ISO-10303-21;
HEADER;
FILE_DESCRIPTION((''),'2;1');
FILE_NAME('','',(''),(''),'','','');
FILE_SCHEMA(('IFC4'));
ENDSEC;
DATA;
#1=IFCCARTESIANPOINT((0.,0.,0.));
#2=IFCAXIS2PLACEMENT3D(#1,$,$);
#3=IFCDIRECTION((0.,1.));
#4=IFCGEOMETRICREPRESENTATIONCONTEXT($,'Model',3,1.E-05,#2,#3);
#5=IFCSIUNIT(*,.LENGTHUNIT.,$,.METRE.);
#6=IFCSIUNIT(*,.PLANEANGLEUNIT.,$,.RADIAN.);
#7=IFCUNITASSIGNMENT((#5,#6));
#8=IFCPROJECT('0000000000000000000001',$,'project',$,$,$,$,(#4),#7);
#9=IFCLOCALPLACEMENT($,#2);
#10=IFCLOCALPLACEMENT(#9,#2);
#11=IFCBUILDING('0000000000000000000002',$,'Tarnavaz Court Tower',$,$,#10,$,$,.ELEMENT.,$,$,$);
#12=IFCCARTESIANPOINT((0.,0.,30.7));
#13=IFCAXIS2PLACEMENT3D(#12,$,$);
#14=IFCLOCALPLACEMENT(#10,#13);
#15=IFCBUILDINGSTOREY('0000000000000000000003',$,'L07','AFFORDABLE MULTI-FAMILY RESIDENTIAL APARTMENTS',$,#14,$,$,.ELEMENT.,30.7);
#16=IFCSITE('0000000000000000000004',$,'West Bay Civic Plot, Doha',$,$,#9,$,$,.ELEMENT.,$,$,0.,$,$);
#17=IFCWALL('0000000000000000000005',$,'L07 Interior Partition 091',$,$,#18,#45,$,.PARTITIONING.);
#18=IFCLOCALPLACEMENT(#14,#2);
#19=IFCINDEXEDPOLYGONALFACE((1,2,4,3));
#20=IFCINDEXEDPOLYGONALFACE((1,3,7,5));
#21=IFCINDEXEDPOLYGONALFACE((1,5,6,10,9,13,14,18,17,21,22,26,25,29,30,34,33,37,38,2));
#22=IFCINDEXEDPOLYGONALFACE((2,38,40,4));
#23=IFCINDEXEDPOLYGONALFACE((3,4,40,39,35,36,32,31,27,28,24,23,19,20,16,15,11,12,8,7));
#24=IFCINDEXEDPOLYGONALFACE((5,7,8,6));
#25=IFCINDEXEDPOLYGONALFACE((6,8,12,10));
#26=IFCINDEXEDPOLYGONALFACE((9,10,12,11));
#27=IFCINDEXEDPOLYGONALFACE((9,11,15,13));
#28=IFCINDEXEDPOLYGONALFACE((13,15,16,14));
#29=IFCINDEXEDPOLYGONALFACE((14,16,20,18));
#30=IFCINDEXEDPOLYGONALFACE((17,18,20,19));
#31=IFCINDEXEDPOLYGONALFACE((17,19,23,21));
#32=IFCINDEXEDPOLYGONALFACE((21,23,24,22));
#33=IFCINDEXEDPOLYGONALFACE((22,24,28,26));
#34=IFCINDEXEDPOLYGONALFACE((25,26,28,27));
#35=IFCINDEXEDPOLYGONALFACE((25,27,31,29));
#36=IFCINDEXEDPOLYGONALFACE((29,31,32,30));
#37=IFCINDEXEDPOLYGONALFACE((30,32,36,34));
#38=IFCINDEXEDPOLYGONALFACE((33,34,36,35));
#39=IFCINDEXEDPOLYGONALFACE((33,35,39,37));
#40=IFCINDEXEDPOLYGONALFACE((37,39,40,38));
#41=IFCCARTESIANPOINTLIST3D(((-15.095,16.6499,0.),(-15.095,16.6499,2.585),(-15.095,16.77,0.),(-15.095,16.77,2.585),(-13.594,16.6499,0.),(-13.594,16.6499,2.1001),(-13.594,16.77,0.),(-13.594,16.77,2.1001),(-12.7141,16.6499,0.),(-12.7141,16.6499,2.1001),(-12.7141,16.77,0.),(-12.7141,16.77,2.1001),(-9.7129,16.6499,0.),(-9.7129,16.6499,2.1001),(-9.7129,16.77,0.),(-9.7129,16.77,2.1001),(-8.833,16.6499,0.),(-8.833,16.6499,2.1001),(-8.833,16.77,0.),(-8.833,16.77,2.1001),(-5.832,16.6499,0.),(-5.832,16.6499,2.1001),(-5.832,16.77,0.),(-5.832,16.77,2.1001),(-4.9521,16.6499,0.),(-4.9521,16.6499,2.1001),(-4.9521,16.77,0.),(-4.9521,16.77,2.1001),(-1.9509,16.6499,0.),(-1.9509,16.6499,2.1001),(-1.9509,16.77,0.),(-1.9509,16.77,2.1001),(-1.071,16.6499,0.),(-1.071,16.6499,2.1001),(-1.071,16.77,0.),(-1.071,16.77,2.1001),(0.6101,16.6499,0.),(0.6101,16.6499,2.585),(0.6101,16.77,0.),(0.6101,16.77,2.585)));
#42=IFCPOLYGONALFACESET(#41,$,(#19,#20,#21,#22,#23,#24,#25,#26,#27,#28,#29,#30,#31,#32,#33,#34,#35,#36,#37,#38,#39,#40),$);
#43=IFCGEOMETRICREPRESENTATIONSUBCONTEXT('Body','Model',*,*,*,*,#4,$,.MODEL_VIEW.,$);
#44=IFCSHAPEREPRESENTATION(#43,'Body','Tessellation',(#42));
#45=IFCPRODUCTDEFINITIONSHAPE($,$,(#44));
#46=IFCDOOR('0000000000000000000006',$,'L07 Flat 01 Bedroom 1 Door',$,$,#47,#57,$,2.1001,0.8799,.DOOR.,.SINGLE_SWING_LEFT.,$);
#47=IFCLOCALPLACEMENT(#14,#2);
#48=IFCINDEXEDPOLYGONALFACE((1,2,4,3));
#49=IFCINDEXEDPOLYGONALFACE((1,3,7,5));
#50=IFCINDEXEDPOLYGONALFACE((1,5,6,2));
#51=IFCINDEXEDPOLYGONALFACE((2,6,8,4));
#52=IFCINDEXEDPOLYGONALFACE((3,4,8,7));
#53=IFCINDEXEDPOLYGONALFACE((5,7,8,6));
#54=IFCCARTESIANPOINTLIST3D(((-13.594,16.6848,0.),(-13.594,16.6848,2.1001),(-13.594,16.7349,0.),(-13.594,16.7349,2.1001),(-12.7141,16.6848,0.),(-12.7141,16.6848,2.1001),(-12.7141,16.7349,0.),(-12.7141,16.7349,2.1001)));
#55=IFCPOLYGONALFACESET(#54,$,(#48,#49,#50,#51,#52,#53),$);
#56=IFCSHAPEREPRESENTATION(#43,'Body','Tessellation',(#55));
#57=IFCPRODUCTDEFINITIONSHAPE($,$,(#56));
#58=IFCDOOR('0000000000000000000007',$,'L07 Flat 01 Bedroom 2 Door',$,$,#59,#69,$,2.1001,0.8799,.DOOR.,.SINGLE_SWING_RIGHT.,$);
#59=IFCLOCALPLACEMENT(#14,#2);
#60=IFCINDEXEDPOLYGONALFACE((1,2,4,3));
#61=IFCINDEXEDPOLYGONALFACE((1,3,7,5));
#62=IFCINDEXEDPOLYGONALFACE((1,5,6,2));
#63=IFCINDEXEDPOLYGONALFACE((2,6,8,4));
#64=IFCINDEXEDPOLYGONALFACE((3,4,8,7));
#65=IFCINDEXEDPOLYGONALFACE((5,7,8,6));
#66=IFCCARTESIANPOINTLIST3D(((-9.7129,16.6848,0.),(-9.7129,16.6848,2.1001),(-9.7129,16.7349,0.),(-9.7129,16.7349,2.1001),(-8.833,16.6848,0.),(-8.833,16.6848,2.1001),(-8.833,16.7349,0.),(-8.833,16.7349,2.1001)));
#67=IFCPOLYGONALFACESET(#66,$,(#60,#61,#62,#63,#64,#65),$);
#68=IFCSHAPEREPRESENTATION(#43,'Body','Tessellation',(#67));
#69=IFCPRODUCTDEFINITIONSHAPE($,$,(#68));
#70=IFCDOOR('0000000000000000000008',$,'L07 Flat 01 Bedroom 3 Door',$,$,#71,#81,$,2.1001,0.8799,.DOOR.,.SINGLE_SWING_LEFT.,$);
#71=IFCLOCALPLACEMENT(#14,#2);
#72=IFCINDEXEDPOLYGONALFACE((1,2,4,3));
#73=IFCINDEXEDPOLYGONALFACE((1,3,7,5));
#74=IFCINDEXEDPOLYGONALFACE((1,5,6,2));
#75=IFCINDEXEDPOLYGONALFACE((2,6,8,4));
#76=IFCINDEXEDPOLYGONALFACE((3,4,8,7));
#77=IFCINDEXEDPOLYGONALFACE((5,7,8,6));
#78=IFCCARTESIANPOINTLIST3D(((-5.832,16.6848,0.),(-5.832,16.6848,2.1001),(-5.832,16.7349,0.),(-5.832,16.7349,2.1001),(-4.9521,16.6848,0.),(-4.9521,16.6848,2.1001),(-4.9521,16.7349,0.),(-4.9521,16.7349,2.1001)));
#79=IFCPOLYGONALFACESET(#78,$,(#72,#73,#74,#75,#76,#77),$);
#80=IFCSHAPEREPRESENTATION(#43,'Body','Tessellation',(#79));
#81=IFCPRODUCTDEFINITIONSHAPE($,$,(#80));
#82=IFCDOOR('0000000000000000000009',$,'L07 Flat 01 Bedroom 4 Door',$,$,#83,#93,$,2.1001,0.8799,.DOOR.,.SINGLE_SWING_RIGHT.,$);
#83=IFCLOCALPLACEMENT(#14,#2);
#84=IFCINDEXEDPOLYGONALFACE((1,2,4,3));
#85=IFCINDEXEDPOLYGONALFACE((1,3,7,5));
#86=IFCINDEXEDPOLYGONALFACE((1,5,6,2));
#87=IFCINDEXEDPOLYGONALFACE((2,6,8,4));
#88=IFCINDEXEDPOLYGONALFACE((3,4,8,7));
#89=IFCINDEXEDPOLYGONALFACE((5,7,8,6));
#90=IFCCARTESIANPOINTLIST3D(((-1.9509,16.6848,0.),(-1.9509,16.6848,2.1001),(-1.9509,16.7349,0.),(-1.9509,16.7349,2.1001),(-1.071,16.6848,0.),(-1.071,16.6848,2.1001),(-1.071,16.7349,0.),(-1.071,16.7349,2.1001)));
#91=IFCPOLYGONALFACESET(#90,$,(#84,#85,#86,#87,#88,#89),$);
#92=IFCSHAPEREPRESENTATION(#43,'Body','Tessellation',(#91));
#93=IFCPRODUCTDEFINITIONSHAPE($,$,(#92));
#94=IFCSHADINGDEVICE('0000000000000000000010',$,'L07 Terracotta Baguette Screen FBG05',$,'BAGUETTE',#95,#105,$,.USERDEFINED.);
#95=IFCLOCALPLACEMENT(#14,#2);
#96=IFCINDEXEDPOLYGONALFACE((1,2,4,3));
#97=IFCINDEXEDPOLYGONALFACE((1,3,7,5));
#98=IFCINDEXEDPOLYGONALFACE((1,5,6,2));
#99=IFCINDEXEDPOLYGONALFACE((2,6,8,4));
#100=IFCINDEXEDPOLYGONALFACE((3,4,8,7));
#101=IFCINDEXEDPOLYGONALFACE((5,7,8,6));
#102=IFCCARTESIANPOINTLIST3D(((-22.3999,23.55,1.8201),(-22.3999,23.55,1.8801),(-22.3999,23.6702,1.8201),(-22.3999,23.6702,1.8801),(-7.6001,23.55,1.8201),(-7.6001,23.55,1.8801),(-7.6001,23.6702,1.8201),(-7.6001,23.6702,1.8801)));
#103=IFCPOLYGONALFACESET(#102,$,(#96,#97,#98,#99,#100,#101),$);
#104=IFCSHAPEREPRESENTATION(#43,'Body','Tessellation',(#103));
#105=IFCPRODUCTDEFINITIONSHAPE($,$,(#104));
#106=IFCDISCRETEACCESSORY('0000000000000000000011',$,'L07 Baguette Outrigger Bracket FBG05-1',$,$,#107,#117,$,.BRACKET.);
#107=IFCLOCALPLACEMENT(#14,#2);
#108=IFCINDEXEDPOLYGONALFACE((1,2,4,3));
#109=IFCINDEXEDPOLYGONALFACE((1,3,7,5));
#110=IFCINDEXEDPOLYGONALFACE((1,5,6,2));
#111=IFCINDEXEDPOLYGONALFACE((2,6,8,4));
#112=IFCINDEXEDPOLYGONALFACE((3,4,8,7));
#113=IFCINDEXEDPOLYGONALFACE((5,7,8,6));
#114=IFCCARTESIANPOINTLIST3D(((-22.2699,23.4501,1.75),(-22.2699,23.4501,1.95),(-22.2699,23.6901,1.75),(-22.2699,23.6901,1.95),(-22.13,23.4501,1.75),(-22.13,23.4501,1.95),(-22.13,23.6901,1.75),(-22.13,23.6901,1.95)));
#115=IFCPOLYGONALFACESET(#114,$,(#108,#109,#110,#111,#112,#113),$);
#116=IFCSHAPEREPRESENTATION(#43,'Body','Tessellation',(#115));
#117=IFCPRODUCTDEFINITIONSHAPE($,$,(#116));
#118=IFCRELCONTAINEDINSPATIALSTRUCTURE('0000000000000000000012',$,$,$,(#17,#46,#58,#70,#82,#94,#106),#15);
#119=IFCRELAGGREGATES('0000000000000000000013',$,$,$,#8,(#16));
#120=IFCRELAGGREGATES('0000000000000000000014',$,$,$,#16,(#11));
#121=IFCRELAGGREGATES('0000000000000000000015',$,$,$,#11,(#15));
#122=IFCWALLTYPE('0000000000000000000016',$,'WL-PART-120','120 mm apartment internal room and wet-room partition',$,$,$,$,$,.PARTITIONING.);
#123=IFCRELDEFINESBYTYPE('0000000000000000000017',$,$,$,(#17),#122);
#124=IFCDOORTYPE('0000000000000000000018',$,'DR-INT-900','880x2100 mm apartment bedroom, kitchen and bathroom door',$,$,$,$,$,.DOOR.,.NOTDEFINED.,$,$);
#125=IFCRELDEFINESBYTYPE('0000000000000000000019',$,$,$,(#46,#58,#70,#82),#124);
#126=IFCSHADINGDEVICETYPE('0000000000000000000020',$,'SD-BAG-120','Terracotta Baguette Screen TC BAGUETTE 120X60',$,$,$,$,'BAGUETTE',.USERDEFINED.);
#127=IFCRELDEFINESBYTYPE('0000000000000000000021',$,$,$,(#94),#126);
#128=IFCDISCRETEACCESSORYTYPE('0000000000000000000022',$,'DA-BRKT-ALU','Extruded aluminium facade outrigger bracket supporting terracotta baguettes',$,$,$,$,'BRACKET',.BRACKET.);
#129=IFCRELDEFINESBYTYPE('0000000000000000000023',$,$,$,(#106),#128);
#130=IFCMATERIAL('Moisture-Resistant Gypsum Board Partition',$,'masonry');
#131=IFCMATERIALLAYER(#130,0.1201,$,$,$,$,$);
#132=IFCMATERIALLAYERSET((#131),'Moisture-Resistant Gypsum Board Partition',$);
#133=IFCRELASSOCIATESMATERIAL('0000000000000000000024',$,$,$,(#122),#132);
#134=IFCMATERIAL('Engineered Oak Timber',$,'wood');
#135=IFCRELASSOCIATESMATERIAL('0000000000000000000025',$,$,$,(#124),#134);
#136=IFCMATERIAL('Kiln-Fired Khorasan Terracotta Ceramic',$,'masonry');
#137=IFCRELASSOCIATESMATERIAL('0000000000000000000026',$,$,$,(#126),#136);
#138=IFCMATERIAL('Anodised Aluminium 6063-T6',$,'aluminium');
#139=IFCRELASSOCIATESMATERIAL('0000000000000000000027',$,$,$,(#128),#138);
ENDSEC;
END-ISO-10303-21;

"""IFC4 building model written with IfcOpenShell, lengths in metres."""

from ifc_helpers import new_model, si_unit, direction, frame, frame_2d, origin, origin_2d, place, context, subcontext, project, spatial, rectangle, extrude, material, layer, layer_set, material_profile, profile_set, type_object, element, fill, save


model = new_model("IFC4")

# Units and contexts
model_context = context("Model", 3, precision=1e-05, world=origin(), true_north=direction((0.0, 1.0)))
body_context = subcontext(model_context, "Body", "Model", "MODEL_VIEW")
ifc_project = project(units=[si_unit("LENGTHUNIT", "METRE"), si_unit("PLANEANGLEUNIT", "RADIAN")], contexts=[model_context])

# Site, building, storey
site_placement = place(None, origin())
site = spatial("IfcSite", under=ifc_project, at=site_placement, Name="West Bay Civic Plot, Doha", CompositionType="ELEMENT", RefElevation=0.0)
building_placement = place(site_placement, origin())
building = spatial("IfcBuilding", under=site, at=building_placement, Name="Tarnavaz Court Tower", CompositionType="ELEMENT")
storey_placement = place(building_placement, frame((0.0, 0.0, 30.7)))
storey = spatial("IfcBuildingStorey", under=building, at=storey_placement, Name="L07", Description="AFFORDABLE MULTI-FAMILY RESIDENTIAL APARTMENTS", CompositionType="ELEMENT", Elevation=30.7)

# Shared definitions
ifc_material_1 = material(Name="Moisture-Resistant Gypsum Board Partition", Category="masonry")
ifc_layer = layer(ifc_material_1, 0.1201)
ifc_layer_set = layer_set([ifc_layer], Name="Moisture-Resistant Gypsum Board Partition")
wall_type = type_object("IfcWallType", Name="WL-PART-120", Description="120 mm apartment internal room and wet-room partition", PredefinedType="PARTITIONING", material=ifc_layer_set)
ifc_material_2 = material(Name="Engineered Oak Timber", Category="wood")
door_type = type_object("IfcDoorType", Name="DR-INT-900", Description="880x2100 mm apartment bedroom, kitchen and bathroom door", OperationType="NOTDEFINED", PredefinedType="DOOR", material=ifc_material_2)

# Wall, openings, doors
wall_1_placement = place(storey_placement, frame((-15.095, 16.71, 0.0), z_axis=(0.0, 0.0, 1.0), x_axis=(1.0, 0.0, 0.0)))
wall_1 = element("IfcWall", 1, at=wall_1_placement, inside=storey, type_object=wall_type, Name="L07 Interior Partition 091", PredefinedType="PARTITIONING", context=body_context, shape_type="SweptSolid", body=[
    extrude(rectangle(XDim=15.7051, YDim=0.1201, at=frame_2d((7.8525, 0.0))), origin(), (0.0, 0.0, 1.0), 2.585),
])
opening_1_placement = place(wall_1_placement, frame((1.501, 0.0, 0.0)))
opening_1 = element("IfcOpeningElement", 2, at=opening_1_placement, cuts=wall_1, PredefinedType="OPENING", context=body_context, shape_type="SweptSolid", body=[
    extrude(rectangle(XDim=0.8799, YDim=2.1001, at=frame_2d((0.4399, 1.05))), frame((0.0, 0.0701, 0.0), z_axis=(0.0, -1.0, 0.0), x_axis=(1.0, 0.0, 0.0)), (0.0, 0.0, 1.0), 0.1401),
])
opening_2_placement = place(wall_1_placement, frame((5.3821, 0.0, 0.0)))
opening_2 = element("IfcOpeningElement", 3, at=opening_2_placement, cuts=wall_1, PredefinedType="OPENING", context=body_context, shape_type="SweptSolid", body=[
    extrude(rectangle(XDim=0.8799, YDim=2.1001, at=frame_2d((0.4399, 1.05))), frame((0.0, 0.0701, 0.0), z_axis=(0.0, -1.0, 0.0), x_axis=(1.0, 0.0, 0.0)), (0.0, 0.0, 1.0), 0.1401),
])
opening_3_placement = place(wall_1_placement, frame((9.2629, 0.0, 0.0)))
opening_3 = element("IfcOpeningElement", 4, at=opening_3_placement, cuts=wall_1, PredefinedType="OPENING", context=body_context, shape_type="SweptSolid", body=[
    extrude(rectangle(XDim=0.8799, YDim=2.1001, at=frame_2d((0.4399, 1.05))), frame((0.0, 0.0701, 0.0), z_axis=(0.0, -1.0, 0.0), x_axis=(1.0, 0.0, 0.0)), (0.0, 0.0, 1.0), 0.1401),
])
opening_4_placement = place(wall_1_placement, frame((13.144, 0.0, 0.0)))
opening_4 = element("IfcOpeningElement", 5, at=opening_4_placement, cuts=wall_1, PredefinedType="OPENING", context=body_context, shape_type="SweptSolid", body=[
    extrude(rectangle(XDim=0.8799, YDim=2.1001, at=frame_2d((0.4399, 1.05))), frame((0.0, 0.0701, 0.0), z_axis=(0.0, -1.0, 0.0), x_axis=(1.0, 0.0, 0.0)), (0.0, 0.0, 1.0), 0.1401),
])
door_1_placement = place(opening_1_placement, origin())
door_1 = element("IfcDoor", 6, at=door_1_placement, inside=storey, type_object=door_type, Name="L07 Flat 01 Bedroom 1 Door", OperationType="SINGLE_SWING_LEFT", OverallHeight=2.1001, OverallWidth=0.8799, PredefinedType="DOOR", context=body_context, shape_type="SweptSolid", body=[
    extrude(rectangle(XDim=0.8799, YDim=2.1001, at=frame_2d((0.4399, 1.05))), frame((0.0, 0.0249, 0.0), z_axis=(0.0, -1.0, 0.0), x_axis=(1.0, 0.0, 0.0)), (0.0, 0.0, 1.0), 0.05),
])
fill(opening_1, door_1)
door_2_placement = place(opening_2_placement, origin())
door_2 = element("IfcDoor", 7, at=door_2_placement, inside=storey, type_object=door_type, Name="L07 Flat 01 Bedroom 2 Door", OperationType="SINGLE_SWING_RIGHT", OverallHeight=2.1001, OverallWidth=0.8799, PredefinedType="DOOR", context=body_context, shape_type="SweptSolid", body=[
    extrude(rectangle(XDim=0.8799, YDim=2.1001, at=frame_2d((0.4399, 1.05))), frame((0.0, 0.0249, 0.0), z_axis=(0.0, -1.0, 0.0), x_axis=(1.0, 0.0, 0.0)), (0.0, 0.0, 1.0), 0.05),
])
fill(opening_2, door_2)
door_3_placement = place(opening_3_placement, origin())
door_3 = element("IfcDoor", 8, at=door_3_placement, inside=storey, type_object=door_type, Name="L07 Flat 01 Bedroom 3 Door", OperationType="SINGLE_SWING_LEFT", OverallHeight=2.1001, OverallWidth=0.8799, PredefinedType="DOOR", context=body_context, shape_type="SweptSolid", body=[
    extrude(rectangle(XDim=0.8799, YDim=2.1001, at=frame_2d((0.4399, 1.05))), frame((0.0, 0.0249, 0.0), z_axis=(0.0, -1.0, 0.0), x_axis=(1.0, 0.0, 0.0)), (0.0, 0.0, 1.0), 0.05),
])
fill(opening_3, door_3)
door_4_placement = place(opening_4_placement, origin())
door_4 = element("IfcDoor", 9, at=door_4_placement, inside=storey, type_object=door_type, Name="L07 Flat 01 Bedroom 4 Door", OperationType="SINGLE_SWING_RIGHT", OverallHeight=2.1001, OverallWidth=0.8799, PredefinedType="DOOR", context=body_context, shape_type="SweptSolid", body=[
    extrude(rectangle(XDim=0.8799, YDim=2.1001, at=frame_2d((0.4399, 1.05))), frame((0.0, 0.0249, 0.0), z_axis=(0.0, -1.0, 0.0), x_axis=(1.0, 0.0, 0.0)), (0.0, 0.0, 1.0), 0.05),
])
fill(opening_4, door_4)

# Shading device
ifc_material_3 = material(Name="Kiln-Fired Khorasan Terracotta Ceramic", Category="masonry")
ifc_material_profile_1 = material_profile(ifc_material_3, rectangle(XDim=0.1201, YDim=0.0601, at=origin_2d()), Name="TC BAGUETTE 120X60")
ifc_profile_set_1 = profile_set([ifc_material_profile_1], Name="Kiln-Fired Khorasan Terracotta Ceramic")
shading_device_type = type_object("IfcShadingDeviceType", Name="SD-BAG-120", Description="Terracotta Baguette Screen TC BAGUETTE 120X60", ElementType="BAGUETTE", PredefinedType="USERDEFINED", material=ifc_profile_set_1)
shading_device_placement = place(storey_placement, frame((-22.3999, 23.6101, 1.8501), z_axis=(1.0, 0.0, 0.0), x_axis=(0.0, 1.0, 0.0)))
element("IfcShadingDevice", 10, at=shading_device_placement, inside=storey, type_object=shading_device_type, Name="L07 Terracotta Baguette Screen FBG05", ObjectType="BAGUETTE", PredefinedType="USERDEFINED", context=body_context, shape_type="SweptSolid", body=[
    extrude(rectangle(XDim=0.1201, YDim=0.0601, at=origin_2d()), origin(), (0.0, 0.0, 1.0), 14.7998),
])

# Discrete accessory
ifc_material_4 = material(Name="Anodised Aluminium 6063-T6", Category="aluminium")
discrete_accessory_type = type_object("IfcDiscreteAccessoryType", Name="DA-BRKT-ALU", Description="Extruded aluminium facade outrigger bracket supporting terracotta baguettes", ElementType="BRACKET", PredefinedType="BRACKET", material=ifc_material_4)
discrete_accessory_placement = place(storey_placement, frame((-22.2, 23.5701, 1.75), z_axis=(0.0, 0.0, 1.0), x_axis=(1.0, 0.0, 0.0)))
element("IfcDiscreteAccessory", 11, at=discrete_accessory_placement, inside=storey, type_object=discrete_accessory_type, Name="L07 Baguette Outrigger Bracket FBG05-1", PredefinedType="BRACKET", context=body_context, shape_type="SweptSolid", body=[
    extrude(rectangle(XDim=0.1399, YDim=0.24, at=origin_2d()), origin(), (0.0, 0.0, 1.0), 0.2),
])

save(model, "model.ifc")
